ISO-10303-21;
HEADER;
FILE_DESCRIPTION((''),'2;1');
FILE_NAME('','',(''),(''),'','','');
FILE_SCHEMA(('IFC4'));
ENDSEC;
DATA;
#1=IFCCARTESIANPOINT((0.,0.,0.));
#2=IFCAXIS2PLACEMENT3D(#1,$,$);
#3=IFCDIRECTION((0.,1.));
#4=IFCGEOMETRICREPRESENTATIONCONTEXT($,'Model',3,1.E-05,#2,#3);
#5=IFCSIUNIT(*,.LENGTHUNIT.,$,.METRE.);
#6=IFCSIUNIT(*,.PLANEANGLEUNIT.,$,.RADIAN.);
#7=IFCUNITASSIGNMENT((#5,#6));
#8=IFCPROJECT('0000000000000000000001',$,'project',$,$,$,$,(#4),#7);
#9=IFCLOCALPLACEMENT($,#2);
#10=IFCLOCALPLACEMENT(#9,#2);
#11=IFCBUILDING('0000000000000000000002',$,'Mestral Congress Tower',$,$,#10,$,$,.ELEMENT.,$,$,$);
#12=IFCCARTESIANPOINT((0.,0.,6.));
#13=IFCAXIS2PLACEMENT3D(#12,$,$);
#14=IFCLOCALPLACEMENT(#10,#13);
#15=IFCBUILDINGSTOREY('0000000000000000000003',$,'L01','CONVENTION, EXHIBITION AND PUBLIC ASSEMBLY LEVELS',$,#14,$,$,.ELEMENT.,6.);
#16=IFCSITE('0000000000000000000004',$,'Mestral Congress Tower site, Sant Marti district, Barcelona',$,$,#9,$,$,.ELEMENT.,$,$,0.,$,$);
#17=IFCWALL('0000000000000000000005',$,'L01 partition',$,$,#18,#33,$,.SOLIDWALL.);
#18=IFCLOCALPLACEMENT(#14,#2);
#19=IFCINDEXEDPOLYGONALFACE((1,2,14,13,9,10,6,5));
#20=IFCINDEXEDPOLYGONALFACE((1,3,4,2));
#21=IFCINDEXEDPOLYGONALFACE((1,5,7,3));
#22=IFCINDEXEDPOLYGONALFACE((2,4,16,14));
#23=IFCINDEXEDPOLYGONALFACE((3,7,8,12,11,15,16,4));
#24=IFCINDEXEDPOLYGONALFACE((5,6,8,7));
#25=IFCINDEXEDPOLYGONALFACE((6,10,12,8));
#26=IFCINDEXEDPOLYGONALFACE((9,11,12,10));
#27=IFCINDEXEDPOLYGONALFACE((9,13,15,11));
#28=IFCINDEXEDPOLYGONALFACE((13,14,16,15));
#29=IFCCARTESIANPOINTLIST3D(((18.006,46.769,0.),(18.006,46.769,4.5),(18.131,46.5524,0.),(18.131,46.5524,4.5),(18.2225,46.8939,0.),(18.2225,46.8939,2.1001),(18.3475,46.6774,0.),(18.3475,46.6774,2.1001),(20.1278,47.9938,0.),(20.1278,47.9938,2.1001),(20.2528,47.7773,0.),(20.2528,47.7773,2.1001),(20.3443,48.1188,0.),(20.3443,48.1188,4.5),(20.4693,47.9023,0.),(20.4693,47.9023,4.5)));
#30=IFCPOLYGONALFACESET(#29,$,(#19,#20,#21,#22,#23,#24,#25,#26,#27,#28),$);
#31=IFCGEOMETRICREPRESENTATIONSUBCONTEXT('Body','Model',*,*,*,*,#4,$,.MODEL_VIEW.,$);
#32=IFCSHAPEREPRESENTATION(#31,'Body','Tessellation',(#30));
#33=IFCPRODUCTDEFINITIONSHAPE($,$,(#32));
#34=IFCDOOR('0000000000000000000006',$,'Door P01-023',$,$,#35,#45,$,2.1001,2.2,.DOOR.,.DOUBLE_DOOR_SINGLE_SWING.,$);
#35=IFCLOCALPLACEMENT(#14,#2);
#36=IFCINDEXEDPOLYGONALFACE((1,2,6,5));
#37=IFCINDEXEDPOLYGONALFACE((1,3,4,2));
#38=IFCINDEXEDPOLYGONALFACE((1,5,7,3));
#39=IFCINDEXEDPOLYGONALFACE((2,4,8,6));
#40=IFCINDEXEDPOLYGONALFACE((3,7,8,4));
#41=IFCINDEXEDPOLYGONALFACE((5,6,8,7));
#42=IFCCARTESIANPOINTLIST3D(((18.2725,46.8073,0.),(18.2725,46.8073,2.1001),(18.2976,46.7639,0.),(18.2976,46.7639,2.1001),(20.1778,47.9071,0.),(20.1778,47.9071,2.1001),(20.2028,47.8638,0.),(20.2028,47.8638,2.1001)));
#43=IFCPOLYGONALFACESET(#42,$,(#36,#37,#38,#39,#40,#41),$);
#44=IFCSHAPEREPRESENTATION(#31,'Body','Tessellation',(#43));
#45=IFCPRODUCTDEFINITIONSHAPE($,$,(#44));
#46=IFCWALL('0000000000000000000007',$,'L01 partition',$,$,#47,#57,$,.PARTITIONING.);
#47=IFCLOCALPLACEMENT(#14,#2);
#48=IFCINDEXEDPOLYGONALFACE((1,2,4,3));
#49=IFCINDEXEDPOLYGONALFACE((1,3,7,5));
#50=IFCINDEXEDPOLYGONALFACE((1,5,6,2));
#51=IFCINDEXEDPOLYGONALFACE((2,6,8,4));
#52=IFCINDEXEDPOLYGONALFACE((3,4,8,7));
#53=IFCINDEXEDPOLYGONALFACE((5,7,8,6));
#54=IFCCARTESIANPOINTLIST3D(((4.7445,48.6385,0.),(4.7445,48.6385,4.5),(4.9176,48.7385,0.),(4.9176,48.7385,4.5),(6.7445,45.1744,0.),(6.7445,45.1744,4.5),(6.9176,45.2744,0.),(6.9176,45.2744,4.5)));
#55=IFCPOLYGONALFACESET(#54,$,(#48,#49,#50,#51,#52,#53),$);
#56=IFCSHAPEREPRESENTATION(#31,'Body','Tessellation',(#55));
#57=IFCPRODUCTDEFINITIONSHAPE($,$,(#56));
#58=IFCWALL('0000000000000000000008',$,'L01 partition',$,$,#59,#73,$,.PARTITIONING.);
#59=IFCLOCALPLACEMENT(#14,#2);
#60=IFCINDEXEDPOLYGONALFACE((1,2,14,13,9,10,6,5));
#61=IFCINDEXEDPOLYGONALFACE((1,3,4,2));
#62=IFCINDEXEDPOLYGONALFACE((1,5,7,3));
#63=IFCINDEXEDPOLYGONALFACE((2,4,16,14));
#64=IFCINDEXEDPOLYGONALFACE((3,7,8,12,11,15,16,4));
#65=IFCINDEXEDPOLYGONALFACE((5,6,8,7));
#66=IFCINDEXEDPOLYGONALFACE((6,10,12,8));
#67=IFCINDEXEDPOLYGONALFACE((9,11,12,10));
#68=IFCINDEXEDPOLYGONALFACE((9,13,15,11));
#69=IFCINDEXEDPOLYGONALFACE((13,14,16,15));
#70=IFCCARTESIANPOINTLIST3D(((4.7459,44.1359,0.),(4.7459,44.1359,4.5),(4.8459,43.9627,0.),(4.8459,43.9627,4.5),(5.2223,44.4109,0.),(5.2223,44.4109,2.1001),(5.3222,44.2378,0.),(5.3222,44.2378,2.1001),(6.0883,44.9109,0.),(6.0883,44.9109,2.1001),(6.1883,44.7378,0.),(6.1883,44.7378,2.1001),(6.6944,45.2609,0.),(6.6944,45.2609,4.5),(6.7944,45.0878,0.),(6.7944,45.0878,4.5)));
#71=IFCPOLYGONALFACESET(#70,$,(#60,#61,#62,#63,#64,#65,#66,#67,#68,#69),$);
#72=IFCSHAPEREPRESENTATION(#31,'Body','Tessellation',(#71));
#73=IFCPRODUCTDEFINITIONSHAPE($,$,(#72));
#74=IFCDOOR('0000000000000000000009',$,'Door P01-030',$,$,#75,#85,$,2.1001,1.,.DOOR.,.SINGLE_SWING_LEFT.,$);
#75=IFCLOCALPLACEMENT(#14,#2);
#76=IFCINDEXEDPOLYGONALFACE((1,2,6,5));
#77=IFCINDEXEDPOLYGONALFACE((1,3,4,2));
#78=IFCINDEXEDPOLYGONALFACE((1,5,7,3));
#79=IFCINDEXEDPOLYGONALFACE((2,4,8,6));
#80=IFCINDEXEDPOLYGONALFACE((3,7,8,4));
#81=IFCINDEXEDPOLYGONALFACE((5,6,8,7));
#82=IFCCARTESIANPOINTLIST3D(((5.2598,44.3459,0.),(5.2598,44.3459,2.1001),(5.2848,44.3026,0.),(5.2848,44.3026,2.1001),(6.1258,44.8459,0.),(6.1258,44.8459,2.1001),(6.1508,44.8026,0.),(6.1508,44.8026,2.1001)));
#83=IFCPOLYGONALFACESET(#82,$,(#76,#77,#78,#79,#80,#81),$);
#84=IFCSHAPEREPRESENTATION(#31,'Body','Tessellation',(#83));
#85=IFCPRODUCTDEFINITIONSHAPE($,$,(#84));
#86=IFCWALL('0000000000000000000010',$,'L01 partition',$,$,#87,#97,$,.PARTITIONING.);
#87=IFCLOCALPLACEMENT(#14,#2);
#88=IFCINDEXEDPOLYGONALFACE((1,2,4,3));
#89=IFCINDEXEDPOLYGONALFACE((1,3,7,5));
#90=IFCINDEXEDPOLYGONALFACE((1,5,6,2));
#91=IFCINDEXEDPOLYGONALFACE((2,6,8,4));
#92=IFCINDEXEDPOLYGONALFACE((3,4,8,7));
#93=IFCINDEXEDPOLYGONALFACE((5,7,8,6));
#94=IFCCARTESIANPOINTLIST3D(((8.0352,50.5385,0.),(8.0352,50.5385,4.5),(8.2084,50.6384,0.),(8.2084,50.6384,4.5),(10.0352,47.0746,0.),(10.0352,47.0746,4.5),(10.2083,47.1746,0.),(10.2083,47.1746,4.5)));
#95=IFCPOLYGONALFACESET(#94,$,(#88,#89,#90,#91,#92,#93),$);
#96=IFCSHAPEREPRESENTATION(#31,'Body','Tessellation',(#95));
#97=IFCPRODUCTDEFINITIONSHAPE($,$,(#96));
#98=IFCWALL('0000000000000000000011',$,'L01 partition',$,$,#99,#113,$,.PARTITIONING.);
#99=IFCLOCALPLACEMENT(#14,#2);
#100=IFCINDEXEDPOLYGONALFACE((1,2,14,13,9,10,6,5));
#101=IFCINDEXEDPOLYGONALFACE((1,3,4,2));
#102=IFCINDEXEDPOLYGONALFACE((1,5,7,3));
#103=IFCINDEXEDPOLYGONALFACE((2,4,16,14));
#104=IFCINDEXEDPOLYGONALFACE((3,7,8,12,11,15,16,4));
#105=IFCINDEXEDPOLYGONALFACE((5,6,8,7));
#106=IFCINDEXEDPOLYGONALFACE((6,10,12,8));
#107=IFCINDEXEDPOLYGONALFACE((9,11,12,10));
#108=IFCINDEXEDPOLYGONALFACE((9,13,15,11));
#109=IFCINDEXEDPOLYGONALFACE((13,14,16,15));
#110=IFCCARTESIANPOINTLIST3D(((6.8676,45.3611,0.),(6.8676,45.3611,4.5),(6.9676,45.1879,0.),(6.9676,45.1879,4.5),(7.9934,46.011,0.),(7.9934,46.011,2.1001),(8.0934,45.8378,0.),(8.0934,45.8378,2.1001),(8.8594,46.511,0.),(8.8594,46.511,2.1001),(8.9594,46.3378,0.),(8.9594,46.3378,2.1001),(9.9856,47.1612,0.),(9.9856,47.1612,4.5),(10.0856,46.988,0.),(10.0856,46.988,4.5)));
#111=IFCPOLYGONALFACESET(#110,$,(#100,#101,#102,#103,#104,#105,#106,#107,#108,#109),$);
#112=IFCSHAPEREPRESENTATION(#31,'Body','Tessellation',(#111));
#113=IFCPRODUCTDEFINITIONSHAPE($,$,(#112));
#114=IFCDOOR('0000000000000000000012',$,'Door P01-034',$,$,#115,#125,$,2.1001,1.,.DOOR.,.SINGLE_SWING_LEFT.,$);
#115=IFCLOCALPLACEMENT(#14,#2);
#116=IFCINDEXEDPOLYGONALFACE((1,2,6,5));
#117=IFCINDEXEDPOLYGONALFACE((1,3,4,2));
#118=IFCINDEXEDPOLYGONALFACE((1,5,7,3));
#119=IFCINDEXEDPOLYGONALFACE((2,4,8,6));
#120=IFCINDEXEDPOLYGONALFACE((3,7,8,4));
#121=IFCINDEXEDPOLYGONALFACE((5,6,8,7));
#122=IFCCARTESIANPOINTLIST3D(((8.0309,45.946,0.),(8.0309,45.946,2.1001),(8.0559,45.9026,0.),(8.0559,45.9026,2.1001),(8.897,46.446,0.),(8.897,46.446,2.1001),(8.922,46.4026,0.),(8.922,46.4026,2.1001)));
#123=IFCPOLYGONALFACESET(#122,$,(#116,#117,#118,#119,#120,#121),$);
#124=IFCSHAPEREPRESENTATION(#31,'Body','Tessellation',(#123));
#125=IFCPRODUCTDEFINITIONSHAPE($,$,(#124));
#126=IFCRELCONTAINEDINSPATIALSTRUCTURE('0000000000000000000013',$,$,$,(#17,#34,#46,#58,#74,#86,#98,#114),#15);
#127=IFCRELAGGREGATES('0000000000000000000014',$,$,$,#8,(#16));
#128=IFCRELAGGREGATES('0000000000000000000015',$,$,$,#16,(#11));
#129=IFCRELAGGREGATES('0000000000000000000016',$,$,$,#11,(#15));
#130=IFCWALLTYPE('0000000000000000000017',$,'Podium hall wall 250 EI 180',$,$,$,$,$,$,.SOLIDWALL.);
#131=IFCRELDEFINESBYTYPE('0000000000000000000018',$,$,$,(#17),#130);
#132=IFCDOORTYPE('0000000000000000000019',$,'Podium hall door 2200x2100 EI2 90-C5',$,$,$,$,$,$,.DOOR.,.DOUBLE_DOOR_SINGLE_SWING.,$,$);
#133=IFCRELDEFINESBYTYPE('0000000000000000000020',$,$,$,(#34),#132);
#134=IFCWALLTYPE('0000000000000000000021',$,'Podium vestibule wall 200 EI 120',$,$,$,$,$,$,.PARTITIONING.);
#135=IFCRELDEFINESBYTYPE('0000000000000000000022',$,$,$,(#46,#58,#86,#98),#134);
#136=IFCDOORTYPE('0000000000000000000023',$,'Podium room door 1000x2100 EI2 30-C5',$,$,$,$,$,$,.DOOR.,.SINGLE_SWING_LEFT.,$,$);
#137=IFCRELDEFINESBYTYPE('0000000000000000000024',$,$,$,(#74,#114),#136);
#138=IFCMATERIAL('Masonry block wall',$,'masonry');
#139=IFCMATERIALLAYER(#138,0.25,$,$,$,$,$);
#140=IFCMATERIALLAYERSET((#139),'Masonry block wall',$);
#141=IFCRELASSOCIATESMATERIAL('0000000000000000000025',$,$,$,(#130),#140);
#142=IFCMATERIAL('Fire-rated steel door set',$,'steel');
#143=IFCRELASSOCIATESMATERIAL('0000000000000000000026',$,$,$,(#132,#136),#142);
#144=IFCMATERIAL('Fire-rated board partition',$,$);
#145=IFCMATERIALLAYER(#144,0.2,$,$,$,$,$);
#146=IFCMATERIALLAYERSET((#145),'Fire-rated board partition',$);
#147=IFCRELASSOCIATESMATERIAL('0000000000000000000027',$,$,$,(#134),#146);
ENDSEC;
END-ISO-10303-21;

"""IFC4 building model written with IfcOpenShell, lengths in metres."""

from ifc_helpers import new_model, si_unit, direction, frame, frame_2d, origin, place, context, subcontext, project, spatial, rectangle, extrude, material, layer, layer_set, type_object, element, fill, save


model = new_model("IFC4")

# Units and contexts
model_context = context("Model", 3, precision=1e-05, world=origin(), true_north=direction((0.0, 1.0)))
body_context = subcontext(model_context, "Body", "Model", "MODEL_VIEW")
ifc_project = project(units=[si_unit("LENGTHUNIT", "METRE"), si_unit("PLANEANGLEUNIT", "RADIAN")], contexts=[model_context])

# Site, building, storey
site_placement = place(None, origin())
site = spatial("IfcSite", under=ifc_project, at=site_placement, Name="Mestral Congress Tower site, Sant Marti district, Barcelona", CompositionType="ELEMENT", RefElevation=0.0)
building_placement = place(site_placement, origin())
building = spatial("IfcBuilding", under=site, at=building_placement, Name="Mestral Congress Tower", CompositionType="ELEMENT")
storey_placement = place(building_placement, frame((0.0, 0.0, 6.0)))
storey = spatial("IfcBuildingStorey", under=building, at=storey_placement, Name="L01", Description="CONVENTION, EXHIBITION AND PUBLIC ASSEMBLY LEVELS", CompositionType="ELEMENT", Elevation=6.0)

# Shared definitions
ifc_material_1 = material(Name="Masonry block wall", Category="masonry")
ifc_layer_1 = layer(ifc_material_1, 0.25)
ifc_layer_set_1 = layer_set([ifc_layer_1], Name="Masonry block wall")
wall_type_1 = type_object("IfcWallType", Name="Podium hall wall 250 EI 180", PredefinedType="SOLIDWALL", material=ifc_layer_set_1)

# Shared definitions
ifc_material_2 = material(Name="Fire-rated steel door set", Category="steel")
door_type_1 = type_object("IfcDoorType", Name="Podium hall door 2200x2100 EI2 90-C5", OperationType="DOUBLE_DOOR_SINGLE_SWING", PredefinedType="DOOR", material=ifc_material_2)

# Wall, opening, door
wall_1_placement = place(storey_placement, frame((18.0684, 46.6606, 0.0), z_axis=(0.0, 0.0, 1.0), x_axis=(0.866059, 0.499942, 0.0)))
wall_1 = element("IfcWall", 1, at=wall_1_placement, inside=storey, type_object=wall_type_1, Name="L01 partition", PredefinedType="SOLIDWALL", context=body_context, shape_type="SweptSolid", body=[
    extrude(rectangle(XDim=2.7, YDim=0.25, at=frame_2d((1.3501, 0.0))), origin(), (0.0, 0.0, 1.0), 4.5),
])
opening_1_placement = place(wall_1_placement, frame((0.25, 0.0, 0.0)))
opening_1 = element("IfcOpeningElement", 2, at=opening_1_placement, cuts=wall_1, PredefinedType="OPENING", context=body_context, shape_type="SweptSolid", body=[
    extrude(rectangle(XDim=2.2, YDim=2.1001, at=frame_2d((1.1001, 1.05))), frame((0.0, 0.135, 0.0), z_axis=(0.0, -1.0, 0.0), x_axis=(1.0, 0.0, 0.0)), (0.0, 0.0, 1.0), 0.27),
])
door_1_placement = place(opening_1_placement, origin())
door_1 = element("IfcDoor", 3, at=door_1_placement, inside=storey, type_object=door_type_1, Name="Door P01-023", OperationType="DOUBLE_DOOR_SINGLE_SWING", OverallHeight=2.1001, OverallWidth=2.2, PredefinedType="DOOR", context=body_context, shape_type="SweptSolid", body=[
    extrude(rectangle(XDim=2.2, YDim=2.1001, at=frame_2d((1.1001, 1.05))), frame((0.0, 0.0249, 0.0), z_axis=(0.0, -1.0, 0.0), x_axis=(1.0, 0.0, 0.0)), (0.0, 0.0, 1.0), 0.05),
])
fill(opening_1, door_1)

# Wall
ifc_material_3 = material(Name="Fire-rated board partition")
ifc_layer_2 = layer(ifc_material_3, 0.2)
ifc_layer_set_2 = layer_set([ifc_layer_2], Name="Fire-rated board partition")
wall_type_2 = type_object("IfcWallType", Name="Podium vestibule wall 200 EI 120", PredefinedType="PARTITIONING", material=ifc_layer_set_2)
wall_2_placement = place(storey_placement, frame((6.8311, 45.2244, 0.0), z_axis=(0.0, 0.0, 1.0), x_axis=(-0.499999, 0.866026, 0.0)))
element("IfcWall", 4, at=wall_2_placement, inside=storey, type_object=wall_type_2, Name="L01 partition", PredefinedType="PARTITIONING", context=body_context, shape_type="SweptSolid", body=[
    extrude(rectangle(XDim=4.0, YDim=0.2, at=frame_2d((2.0, 0.0))), origin(), (0.0, 0.0, 1.0), 4.5),
])

# Wall, opening, door
wall_3_placement = place(storey_placement, frame((4.7959, 44.0493, 0.0), z_axis=(0.0, 0.0, 1.0), x_axis=(0.866018, 0.500014, 0.0)))
wall_3 = element("IfcWall", 5, at=wall_3_placement, inside=storey, type_object=wall_type_2, Name="L01 partition", PredefinedType="PARTITIONING", context=body_context, shape_type="SweptSolid", body=[
    extrude(rectangle(XDim=2.25, YDim=0.2, at=frame_2d((1.125, 0.0))), origin(), (0.0, 0.0, 1.0), 4.5),
])
opening_2_placement = place(wall_3_placement, frame((0.55, 0.0, 0.0)))
opening_2 = element("IfcOpeningElement", 6, at=opening_2_placement, cuts=wall_3, PredefinedType="OPENING", context=body_context, shape_type="SweptSolid", body=[
    extrude(rectangle(XDim=1.0, YDim=2.1001, at=frame_2d((0.5, 1.05))), frame((0.0, 0.1099, 0.0), z_axis=(0.0, -1.0, 0.0), x_axis=(1.0, 0.0, 0.0)), (0.0, 0.0, 1.0), 0.22),
])
door_type_2 = type_object("IfcDoorType", Name="Podium room door 1000x2100 EI2 30-C5", OperationType="SINGLE_SWING_LEFT", PredefinedType="DOOR", material=ifc_material_2)
door_2_placement = place(opening_2_placement, origin())
door_2 = element("IfcDoor", 7, at=door_2_placement, inside=storey, type_object=door_type_2, Name="Door P01-030", OperationType="SINGLE_SWING_LEFT", OverallHeight=2.1001, OverallWidth=1.0, PredefinedType="DOOR", context=body_context, shape_type="SweptSolid", body=[
    extrude(rectangle(XDim=1.0, YDim=2.1001, at=frame_2d((0.5, 1.05))), frame((0.0, 0.0249, 0.0), z_axis=(0.0, -1.0, 0.0), x_axis=(1.0, 0.0, 0.0)), (0.0, 0.0, 1.0), 0.05),
])
fill(opening_2, door_2)

# Wall
wall_4_placement = place(storey_placement, frame((10.1218, 47.1245, 0.0), z_axis=(0.0, 0.0, 1.0), x_axis=(-0.500025, 0.866011, 0.0)))
element("IfcWall", 8, at=wall_4_placement, inside=storey, type_object=wall_type_2, Name="L01 partition", PredefinedType="PARTITIONING", context=body_context, shape_type="SweptSolid", body=[
    extrude(rectangle(XDim=3.9998, YDim=0.2, at=frame_2d((2.0, 0.0))), origin(), (0.0, 0.0, 1.0), 4.5),
])

# Wall, opening, door
wall_5_placement = place(storey_placement, frame((6.9175, 45.2744, 0.0), z_axis=(0.0, 0.0, 1.0), x_axis=(0.866035, 0.499983, 0.0)))
wall_5 = element("IfcWall", 9, at=wall_5_placement, inside=storey, type_object=wall_type_2, Name="L01 partition", PredefinedType="PARTITIONING", context=body_context, shape_type="SweptSolid", body=[
    extrude(rectangle(XDim=3.6003, YDim=0.2, at=frame_2d((1.8003, 0.0))), origin(), (0.0, 0.0, 1.0), 4.5),
])
opening_3_placement = place(wall_5_placement, frame((1.3, 0.0, 0.0)))
opening_3 = element("IfcOpeningElement", 10, at=opening_3_placement, cuts=wall_5, PredefinedType="OPENING", context=body_context, shape_type="SweptSolid", body=[
    extrude(rectangle(XDim=1.0, YDim=2.1001, at=frame_2d((0.5, 1.05))), frame((0.0, 0.1099, 0.0), z_axis=(0.0, -1.0, 0.0), x_axis=(1.0, 0.0, 0.0)), (0.0, 0.0, 1.0), 0.22),
])
door_3_placement = place(opening_3_placement, origin())
door_3 = element("IfcDoor", 11, at=door_3_placement, inside=storey, type_object=door_type_2, Name="Door P01-034", OperationType="SINGLE_SWING_LEFT", OverallHeight=2.1001, OverallWidth=1.0, PredefinedType="DOOR", context=body_context, shape_type="SweptSolid", body=[
    extrude(rectangle(XDim=1.0, YDim=2.1001, at=frame_2d((0.5, 1.05))), frame((0.0, 0.0249, 0.0), z_axis=(0.0, -1.0, 0.0), x_axis=(1.0, 0.0, 0.0)), (0.0, 0.0, 1.0), 0.05),
])
fill(opening_3, door_3)

save(model, "model.ifc")
